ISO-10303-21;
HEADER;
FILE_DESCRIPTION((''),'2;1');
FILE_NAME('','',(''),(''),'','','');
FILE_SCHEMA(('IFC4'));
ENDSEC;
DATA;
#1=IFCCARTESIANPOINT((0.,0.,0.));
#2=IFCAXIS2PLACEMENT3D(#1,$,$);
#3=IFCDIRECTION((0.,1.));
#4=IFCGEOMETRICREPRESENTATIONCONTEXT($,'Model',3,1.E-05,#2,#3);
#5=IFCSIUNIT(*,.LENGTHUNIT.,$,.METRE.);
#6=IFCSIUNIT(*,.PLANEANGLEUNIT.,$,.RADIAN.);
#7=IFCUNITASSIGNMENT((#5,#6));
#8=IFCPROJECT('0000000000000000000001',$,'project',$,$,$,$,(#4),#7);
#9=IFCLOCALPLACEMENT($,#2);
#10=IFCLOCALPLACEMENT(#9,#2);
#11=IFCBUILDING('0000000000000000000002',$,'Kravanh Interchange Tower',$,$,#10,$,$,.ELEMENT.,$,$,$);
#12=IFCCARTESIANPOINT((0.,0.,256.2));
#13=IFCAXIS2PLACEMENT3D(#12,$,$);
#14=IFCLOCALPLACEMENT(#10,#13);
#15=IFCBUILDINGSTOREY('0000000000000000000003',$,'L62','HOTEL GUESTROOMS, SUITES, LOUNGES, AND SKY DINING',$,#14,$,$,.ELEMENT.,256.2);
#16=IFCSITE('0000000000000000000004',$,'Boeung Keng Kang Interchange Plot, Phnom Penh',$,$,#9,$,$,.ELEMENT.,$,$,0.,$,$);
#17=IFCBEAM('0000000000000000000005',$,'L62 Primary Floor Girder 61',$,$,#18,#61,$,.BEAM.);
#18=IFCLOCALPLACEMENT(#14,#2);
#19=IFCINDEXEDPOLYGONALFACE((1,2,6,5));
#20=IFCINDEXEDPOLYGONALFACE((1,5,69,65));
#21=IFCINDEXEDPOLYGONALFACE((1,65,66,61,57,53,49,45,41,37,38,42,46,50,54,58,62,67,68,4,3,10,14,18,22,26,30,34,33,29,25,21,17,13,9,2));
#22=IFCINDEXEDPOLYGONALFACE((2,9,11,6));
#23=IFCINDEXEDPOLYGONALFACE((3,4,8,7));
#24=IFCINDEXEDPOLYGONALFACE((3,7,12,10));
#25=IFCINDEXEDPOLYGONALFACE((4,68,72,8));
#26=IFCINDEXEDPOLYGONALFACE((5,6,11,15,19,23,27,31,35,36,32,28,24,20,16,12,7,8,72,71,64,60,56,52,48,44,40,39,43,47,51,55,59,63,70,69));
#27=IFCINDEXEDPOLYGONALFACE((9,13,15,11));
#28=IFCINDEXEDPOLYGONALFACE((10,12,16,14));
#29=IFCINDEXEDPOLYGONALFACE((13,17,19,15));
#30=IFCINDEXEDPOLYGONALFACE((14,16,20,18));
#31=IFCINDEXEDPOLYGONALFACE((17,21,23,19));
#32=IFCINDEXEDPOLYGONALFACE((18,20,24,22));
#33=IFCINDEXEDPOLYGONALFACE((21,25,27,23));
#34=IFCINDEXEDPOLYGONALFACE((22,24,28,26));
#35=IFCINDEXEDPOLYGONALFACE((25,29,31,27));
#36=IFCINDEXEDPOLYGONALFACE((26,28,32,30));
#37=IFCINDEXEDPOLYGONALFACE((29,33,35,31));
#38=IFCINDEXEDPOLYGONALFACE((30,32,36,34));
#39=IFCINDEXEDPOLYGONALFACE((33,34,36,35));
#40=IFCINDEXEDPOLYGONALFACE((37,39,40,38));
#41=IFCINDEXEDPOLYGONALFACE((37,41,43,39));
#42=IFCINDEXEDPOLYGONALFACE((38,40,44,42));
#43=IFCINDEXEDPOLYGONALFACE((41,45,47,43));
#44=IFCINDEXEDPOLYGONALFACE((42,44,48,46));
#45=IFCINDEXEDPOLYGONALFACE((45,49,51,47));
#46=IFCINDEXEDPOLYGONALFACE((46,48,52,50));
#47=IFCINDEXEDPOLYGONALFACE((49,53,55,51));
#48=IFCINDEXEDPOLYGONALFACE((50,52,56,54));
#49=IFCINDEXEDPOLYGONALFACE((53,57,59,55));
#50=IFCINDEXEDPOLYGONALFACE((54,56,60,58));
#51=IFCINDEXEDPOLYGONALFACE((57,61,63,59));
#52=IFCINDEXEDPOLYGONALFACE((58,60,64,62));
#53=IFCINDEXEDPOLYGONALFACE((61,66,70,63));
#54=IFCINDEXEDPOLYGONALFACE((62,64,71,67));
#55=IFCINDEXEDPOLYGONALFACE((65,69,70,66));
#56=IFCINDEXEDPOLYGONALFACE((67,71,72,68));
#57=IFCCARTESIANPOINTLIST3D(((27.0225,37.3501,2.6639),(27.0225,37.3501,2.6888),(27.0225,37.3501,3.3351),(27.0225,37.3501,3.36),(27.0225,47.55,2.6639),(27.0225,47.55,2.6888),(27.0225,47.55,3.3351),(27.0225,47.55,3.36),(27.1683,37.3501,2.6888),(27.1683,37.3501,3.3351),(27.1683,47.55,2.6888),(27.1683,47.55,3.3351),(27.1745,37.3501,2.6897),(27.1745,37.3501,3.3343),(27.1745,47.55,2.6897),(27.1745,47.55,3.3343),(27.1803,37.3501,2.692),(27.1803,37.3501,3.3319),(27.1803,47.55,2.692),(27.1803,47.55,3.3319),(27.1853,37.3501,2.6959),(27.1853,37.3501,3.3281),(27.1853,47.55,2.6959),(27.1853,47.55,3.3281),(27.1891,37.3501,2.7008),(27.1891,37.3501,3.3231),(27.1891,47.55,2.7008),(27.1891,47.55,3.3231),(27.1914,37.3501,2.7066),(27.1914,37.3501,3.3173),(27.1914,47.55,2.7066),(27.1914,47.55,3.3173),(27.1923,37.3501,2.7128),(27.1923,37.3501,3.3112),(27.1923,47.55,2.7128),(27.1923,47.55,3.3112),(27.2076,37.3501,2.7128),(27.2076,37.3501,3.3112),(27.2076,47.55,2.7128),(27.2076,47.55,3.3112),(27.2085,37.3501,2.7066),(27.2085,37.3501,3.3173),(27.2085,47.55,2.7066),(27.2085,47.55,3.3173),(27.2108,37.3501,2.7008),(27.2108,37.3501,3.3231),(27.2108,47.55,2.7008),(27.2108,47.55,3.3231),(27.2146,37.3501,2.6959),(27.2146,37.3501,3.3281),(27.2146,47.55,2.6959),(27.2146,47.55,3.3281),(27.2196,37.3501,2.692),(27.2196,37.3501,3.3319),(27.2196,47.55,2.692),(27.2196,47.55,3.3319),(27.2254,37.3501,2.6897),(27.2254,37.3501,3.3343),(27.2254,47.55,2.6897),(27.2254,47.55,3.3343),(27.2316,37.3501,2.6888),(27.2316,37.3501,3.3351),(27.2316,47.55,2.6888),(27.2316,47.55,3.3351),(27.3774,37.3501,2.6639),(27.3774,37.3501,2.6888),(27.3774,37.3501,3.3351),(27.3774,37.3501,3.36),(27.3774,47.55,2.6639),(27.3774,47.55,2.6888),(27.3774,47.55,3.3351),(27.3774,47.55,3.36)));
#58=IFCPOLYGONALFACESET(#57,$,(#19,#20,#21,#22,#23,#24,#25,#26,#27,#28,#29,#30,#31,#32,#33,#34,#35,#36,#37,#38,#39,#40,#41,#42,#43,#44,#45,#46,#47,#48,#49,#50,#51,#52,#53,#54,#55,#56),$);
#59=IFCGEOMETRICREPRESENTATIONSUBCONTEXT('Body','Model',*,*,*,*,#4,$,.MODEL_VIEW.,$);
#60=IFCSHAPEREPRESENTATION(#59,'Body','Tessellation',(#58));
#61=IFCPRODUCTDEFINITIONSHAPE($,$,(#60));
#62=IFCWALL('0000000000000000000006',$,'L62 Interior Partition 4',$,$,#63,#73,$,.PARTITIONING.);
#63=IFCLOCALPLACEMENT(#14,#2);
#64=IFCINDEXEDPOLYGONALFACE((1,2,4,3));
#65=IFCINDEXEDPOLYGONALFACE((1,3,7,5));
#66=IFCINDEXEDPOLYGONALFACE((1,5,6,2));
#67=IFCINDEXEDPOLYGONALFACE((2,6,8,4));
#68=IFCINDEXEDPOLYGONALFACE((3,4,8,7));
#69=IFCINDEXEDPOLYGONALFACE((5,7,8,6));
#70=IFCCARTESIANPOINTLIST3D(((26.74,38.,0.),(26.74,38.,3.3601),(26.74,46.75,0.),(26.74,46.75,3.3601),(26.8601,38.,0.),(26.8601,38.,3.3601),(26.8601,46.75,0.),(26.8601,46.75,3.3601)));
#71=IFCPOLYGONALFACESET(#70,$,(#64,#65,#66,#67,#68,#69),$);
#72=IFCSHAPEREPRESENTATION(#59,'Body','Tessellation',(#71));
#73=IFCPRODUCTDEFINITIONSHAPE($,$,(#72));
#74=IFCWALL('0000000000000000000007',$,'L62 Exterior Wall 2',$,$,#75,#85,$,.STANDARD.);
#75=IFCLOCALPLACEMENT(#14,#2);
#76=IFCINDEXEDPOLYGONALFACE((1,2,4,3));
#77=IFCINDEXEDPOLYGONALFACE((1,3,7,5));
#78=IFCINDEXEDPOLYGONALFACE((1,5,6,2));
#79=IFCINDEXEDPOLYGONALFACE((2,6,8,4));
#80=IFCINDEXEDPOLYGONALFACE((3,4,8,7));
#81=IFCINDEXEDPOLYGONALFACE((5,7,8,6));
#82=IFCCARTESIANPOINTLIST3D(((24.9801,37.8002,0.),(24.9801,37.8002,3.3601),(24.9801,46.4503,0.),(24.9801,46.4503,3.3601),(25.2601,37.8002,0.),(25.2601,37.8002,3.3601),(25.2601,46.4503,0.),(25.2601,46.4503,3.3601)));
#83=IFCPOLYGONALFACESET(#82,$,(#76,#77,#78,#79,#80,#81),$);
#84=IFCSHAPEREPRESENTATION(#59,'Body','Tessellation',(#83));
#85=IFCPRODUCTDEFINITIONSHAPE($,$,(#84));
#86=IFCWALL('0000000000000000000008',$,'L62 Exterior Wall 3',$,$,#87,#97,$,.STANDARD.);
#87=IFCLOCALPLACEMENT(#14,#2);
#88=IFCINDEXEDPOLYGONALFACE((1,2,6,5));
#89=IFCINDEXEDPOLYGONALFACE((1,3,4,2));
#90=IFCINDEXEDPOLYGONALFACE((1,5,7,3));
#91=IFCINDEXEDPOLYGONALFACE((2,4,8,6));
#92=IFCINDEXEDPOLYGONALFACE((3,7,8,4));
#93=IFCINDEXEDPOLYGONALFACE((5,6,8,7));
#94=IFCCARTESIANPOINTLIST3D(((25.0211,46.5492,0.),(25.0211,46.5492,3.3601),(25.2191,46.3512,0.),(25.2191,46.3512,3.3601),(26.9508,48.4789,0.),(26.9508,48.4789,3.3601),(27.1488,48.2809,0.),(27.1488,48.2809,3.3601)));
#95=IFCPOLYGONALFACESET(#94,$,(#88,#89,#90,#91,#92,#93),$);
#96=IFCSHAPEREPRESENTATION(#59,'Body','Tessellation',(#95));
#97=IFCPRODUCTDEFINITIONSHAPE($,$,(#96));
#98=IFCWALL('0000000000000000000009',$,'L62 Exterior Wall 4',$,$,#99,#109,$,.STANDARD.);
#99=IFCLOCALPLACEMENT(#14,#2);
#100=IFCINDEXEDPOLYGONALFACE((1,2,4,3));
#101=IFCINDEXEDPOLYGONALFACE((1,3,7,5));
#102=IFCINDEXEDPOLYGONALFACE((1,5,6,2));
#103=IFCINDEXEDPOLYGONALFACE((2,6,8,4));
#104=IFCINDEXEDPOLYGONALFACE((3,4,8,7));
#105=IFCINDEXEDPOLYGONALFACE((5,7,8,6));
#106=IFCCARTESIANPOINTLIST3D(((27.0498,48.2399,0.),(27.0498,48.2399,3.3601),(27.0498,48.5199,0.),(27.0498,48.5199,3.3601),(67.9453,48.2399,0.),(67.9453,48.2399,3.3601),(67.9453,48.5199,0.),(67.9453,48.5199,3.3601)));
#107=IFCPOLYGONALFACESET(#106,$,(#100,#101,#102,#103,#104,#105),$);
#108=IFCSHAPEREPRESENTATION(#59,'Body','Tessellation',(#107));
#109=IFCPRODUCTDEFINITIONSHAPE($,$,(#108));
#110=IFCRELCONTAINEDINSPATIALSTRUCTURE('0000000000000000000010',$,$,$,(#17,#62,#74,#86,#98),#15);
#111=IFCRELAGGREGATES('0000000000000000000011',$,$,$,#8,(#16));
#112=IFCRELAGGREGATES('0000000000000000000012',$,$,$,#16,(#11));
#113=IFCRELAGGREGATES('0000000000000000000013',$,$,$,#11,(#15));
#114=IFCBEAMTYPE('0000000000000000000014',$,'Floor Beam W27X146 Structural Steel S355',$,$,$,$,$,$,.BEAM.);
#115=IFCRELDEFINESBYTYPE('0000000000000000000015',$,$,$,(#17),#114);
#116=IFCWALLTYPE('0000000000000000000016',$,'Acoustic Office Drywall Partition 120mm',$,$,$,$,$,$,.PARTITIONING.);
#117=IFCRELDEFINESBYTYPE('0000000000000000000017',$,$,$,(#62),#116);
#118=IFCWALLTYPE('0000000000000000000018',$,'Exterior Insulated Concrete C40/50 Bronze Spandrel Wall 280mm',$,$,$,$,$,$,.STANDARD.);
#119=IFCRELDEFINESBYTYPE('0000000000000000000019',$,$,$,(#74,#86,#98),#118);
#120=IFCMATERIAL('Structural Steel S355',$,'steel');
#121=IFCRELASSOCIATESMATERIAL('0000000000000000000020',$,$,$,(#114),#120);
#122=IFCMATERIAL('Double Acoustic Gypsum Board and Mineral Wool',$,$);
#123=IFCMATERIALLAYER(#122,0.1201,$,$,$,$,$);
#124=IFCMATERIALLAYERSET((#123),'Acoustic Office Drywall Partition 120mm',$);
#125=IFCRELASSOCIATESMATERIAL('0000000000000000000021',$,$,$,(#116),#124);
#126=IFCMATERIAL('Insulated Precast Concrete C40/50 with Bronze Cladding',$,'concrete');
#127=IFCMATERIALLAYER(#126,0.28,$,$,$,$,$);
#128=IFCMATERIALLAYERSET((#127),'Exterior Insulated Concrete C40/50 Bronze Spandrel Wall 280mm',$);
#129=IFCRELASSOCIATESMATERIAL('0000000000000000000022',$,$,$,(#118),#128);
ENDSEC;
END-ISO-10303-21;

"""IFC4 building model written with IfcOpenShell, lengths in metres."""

from ifc_helpers import new_model, si_unit, direction, frame, frame_2d, origin, origin_2d, place, context, subcontext, project, spatial, rectangle, i_section, extrude, material, layer, layer_set, material_profile, profile_set, type_object, element, save


model = new_model("IFC4")

# Units and contexts
model_context = context("Model", 3, precision=1e-05, world=origin(), true_north=direction((0.0, 1.0)))
body_context = subcontext(model_context, "Body", "Model", "MODEL_VIEW")
ifc_project = project(units=[si_unit("LENGTHUNIT", "METRE"), si_unit("PLANEANGLEUNIT", "RADIAN")], contexts=[model_context])

# Site, building, storey
site_placement = place(None, origin())
site = spatial("IfcSite", under=ifc_project, at=site_placement, Name="Boeung Keng Kang Interchange Plot, Phnom Penh", CompositionType="ELEMENT", RefElevation=0.0)
building_placement = place(site_placement, origin())
building = spatial("IfcBuilding", under=site, at=building_placement, Name="Kravanh Interchange Tower", CompositionType="ELEMENT")
storey_placement = place(building_placement, frame((0.0, 0.0, 256.2)))
storey = spatial("IfcBuildingStorey", under=building, at=storey_placement, Name="L62", Description="HOTEL GUESTROOMS, SUITES, LOUNGES, AND SKY DINING", CompositionType="ELEMENT", Elevation=256.2)

# Beam
ifc_material_1 = material(Name="Structural Steel S355", Category="steel")
ifc_material_profile_1 = material_profile(ifc_material_1, i_section(OverallWidth=0.355, OverallDepth=0.696, WebThickness=0.0154, FlangeThickness=0.0249, FilletRadius=0.0239, at=origin_2d()), Name="W27X146")
ifc_profile_set_1 = profile_set([ifc_material_profile_1], Name="Structural Steel S355")
beam_type = type_object("IfcBeamType", Name="Floor Beam W27X146 Structural Steel S355", PredefinedType="BEAM", material=ifc_profile_set_1)
beam_1_placement = place(storey_placement, frame((27.2, 37.3501, 3.012), z_axis=(0.0, 1.0, 0.0), x_axis=(-1.0, 0.0, 0.0)))
element("IfcBeam", 1, at=beam_1_placement, inside=storey, type_object=beam_type, Name="L62 Primary Floor Girder 61", PredefinedType="BEAM", context=body_context, shape_type="SweptSolid", body=[
    extrude(i_section(OverallWidth=0.355, OverallDepth=0.696, WebThickness=0.0154, FlangeThickness=0.0249, FilletRadius=0.0239, at=origin_2d()), origin(), (0.0, 0.0, 1.0), 10.2),
])

# Walls
ifc_material_2 = material(Name="Double Acoustic Gypsum Board and Mineral Wool")
ifc_layer_1 = layer(ifc_material_2, 0.1201)
ifc_layer_set_1 = layer_set([ifc_layer_1], Name="Acoustic Office Drywall Partition 120mm")
wall_type_1 = type_object("IfcWallType", Name="Acoustic Office Drywall Partition 120mm", PredefinedType="PARTITIONING", material=ifc_layer_set_1)
wall_1_placement = place(storey_placement, frame((26.8, 38.0, 0.0), z_axis=(0.0, 0.0, 1.0), x_axis=(0.0, 1.0, 0.0)))
element("IfcWall", 2, at=wall_1_placement, inside=storey, type_object=wall_type_1, Name="L62 Interior Partition 4", PredefinedType="PARTITIONING", context=body_context, shape_type="SweptSolid", body=[
    extrude(rectangle(XDim=8.75, YDim=0.1201, at=frame_2d((4.375, 0.0))), origin(), (0.0, 0.0, 1.0), 3.3601),
])
ifc_material_3 = material(Name="Insulated Precast Concrete C40/50 with Bronze Cladding", Category="concrete")
ifc_layer_2 = layer(ifc_material_3, 0.28)
ifc_layer_set_2 = layer_set([ifc_layer_2], Name="Exterior Insulated Concrete C40/50 Bronze Spandrel Wall 280mm")
wall_type_2 = type_object("IfcWallType", Name="Exterior Insulated Concrete C40/50 Bronze Spandrel Wall 280mm", PredefinedType="STANDARD", material=ifc_layer_set_2)
wall_2_placement = place(storey_placement, frame((25.1201, 37.8, 0.0), z_axis=(0.0, 0.0, 1.0), x_axis=(0.0, 1.0, 0.0)))
element("IfcWall", 3, at=wall_2_placement, inside=storey, type_object=wall_type_2, Name="L62 Exterior Wall 2", PredefinedType="STANDARD", context=body_context, shape_type="SweptSolid", body=[
    extrude(rectangle(XDim=8.6501, YDim=0.28, at=frame_2d((4.3252, 0.0))), origin(), (0.0, 0.0, 1.0), 3.3601),
])
wall_3_placement = place(storey_placement, frame((25.1201, 46.4502, 0.0), z_axis=(0.0, 0.0, 1.0), x_axis=(0.707107, 0.707107, 0.0)))
element("IfcWall", 4, at=wall_3_placement, inside=storey, type_object=wall_type_2, Name="L62 Exterior Wall 3", PredefinedType="STANDARD", context=body_context, shape_type="SweptSolid", body=[
    extrude(rectangle(XDim=2.729, YDim=0.28, at=frame_2d((1.3645, 0.0))), origin(), (0.0, 0.0, 1.0), 3.3601),
])
wall_4_placement = place(storey_placement, frame((27.0498, 48.3799, 0.0), z_axis=(0.0, 0.0, 1.0), x_axis=(1.0, 0.0, 0.0)))
element("IfcWall", 5, at=wall_4_placement, inside=storey, type_object=wall_type_2, Name="L62 Exterior Wall 4", PredefinedType="STANDARD", context=body_context, shape_type="SweptSolid", body=[
    extrude(rectangle(XDim=40.8955, YDim=0.28, at=frame_2d((20.4478, 0.0))), origin(), (0.0, 0.0, 1.0), 3.3601),
])

save(model, "model.ifc")
